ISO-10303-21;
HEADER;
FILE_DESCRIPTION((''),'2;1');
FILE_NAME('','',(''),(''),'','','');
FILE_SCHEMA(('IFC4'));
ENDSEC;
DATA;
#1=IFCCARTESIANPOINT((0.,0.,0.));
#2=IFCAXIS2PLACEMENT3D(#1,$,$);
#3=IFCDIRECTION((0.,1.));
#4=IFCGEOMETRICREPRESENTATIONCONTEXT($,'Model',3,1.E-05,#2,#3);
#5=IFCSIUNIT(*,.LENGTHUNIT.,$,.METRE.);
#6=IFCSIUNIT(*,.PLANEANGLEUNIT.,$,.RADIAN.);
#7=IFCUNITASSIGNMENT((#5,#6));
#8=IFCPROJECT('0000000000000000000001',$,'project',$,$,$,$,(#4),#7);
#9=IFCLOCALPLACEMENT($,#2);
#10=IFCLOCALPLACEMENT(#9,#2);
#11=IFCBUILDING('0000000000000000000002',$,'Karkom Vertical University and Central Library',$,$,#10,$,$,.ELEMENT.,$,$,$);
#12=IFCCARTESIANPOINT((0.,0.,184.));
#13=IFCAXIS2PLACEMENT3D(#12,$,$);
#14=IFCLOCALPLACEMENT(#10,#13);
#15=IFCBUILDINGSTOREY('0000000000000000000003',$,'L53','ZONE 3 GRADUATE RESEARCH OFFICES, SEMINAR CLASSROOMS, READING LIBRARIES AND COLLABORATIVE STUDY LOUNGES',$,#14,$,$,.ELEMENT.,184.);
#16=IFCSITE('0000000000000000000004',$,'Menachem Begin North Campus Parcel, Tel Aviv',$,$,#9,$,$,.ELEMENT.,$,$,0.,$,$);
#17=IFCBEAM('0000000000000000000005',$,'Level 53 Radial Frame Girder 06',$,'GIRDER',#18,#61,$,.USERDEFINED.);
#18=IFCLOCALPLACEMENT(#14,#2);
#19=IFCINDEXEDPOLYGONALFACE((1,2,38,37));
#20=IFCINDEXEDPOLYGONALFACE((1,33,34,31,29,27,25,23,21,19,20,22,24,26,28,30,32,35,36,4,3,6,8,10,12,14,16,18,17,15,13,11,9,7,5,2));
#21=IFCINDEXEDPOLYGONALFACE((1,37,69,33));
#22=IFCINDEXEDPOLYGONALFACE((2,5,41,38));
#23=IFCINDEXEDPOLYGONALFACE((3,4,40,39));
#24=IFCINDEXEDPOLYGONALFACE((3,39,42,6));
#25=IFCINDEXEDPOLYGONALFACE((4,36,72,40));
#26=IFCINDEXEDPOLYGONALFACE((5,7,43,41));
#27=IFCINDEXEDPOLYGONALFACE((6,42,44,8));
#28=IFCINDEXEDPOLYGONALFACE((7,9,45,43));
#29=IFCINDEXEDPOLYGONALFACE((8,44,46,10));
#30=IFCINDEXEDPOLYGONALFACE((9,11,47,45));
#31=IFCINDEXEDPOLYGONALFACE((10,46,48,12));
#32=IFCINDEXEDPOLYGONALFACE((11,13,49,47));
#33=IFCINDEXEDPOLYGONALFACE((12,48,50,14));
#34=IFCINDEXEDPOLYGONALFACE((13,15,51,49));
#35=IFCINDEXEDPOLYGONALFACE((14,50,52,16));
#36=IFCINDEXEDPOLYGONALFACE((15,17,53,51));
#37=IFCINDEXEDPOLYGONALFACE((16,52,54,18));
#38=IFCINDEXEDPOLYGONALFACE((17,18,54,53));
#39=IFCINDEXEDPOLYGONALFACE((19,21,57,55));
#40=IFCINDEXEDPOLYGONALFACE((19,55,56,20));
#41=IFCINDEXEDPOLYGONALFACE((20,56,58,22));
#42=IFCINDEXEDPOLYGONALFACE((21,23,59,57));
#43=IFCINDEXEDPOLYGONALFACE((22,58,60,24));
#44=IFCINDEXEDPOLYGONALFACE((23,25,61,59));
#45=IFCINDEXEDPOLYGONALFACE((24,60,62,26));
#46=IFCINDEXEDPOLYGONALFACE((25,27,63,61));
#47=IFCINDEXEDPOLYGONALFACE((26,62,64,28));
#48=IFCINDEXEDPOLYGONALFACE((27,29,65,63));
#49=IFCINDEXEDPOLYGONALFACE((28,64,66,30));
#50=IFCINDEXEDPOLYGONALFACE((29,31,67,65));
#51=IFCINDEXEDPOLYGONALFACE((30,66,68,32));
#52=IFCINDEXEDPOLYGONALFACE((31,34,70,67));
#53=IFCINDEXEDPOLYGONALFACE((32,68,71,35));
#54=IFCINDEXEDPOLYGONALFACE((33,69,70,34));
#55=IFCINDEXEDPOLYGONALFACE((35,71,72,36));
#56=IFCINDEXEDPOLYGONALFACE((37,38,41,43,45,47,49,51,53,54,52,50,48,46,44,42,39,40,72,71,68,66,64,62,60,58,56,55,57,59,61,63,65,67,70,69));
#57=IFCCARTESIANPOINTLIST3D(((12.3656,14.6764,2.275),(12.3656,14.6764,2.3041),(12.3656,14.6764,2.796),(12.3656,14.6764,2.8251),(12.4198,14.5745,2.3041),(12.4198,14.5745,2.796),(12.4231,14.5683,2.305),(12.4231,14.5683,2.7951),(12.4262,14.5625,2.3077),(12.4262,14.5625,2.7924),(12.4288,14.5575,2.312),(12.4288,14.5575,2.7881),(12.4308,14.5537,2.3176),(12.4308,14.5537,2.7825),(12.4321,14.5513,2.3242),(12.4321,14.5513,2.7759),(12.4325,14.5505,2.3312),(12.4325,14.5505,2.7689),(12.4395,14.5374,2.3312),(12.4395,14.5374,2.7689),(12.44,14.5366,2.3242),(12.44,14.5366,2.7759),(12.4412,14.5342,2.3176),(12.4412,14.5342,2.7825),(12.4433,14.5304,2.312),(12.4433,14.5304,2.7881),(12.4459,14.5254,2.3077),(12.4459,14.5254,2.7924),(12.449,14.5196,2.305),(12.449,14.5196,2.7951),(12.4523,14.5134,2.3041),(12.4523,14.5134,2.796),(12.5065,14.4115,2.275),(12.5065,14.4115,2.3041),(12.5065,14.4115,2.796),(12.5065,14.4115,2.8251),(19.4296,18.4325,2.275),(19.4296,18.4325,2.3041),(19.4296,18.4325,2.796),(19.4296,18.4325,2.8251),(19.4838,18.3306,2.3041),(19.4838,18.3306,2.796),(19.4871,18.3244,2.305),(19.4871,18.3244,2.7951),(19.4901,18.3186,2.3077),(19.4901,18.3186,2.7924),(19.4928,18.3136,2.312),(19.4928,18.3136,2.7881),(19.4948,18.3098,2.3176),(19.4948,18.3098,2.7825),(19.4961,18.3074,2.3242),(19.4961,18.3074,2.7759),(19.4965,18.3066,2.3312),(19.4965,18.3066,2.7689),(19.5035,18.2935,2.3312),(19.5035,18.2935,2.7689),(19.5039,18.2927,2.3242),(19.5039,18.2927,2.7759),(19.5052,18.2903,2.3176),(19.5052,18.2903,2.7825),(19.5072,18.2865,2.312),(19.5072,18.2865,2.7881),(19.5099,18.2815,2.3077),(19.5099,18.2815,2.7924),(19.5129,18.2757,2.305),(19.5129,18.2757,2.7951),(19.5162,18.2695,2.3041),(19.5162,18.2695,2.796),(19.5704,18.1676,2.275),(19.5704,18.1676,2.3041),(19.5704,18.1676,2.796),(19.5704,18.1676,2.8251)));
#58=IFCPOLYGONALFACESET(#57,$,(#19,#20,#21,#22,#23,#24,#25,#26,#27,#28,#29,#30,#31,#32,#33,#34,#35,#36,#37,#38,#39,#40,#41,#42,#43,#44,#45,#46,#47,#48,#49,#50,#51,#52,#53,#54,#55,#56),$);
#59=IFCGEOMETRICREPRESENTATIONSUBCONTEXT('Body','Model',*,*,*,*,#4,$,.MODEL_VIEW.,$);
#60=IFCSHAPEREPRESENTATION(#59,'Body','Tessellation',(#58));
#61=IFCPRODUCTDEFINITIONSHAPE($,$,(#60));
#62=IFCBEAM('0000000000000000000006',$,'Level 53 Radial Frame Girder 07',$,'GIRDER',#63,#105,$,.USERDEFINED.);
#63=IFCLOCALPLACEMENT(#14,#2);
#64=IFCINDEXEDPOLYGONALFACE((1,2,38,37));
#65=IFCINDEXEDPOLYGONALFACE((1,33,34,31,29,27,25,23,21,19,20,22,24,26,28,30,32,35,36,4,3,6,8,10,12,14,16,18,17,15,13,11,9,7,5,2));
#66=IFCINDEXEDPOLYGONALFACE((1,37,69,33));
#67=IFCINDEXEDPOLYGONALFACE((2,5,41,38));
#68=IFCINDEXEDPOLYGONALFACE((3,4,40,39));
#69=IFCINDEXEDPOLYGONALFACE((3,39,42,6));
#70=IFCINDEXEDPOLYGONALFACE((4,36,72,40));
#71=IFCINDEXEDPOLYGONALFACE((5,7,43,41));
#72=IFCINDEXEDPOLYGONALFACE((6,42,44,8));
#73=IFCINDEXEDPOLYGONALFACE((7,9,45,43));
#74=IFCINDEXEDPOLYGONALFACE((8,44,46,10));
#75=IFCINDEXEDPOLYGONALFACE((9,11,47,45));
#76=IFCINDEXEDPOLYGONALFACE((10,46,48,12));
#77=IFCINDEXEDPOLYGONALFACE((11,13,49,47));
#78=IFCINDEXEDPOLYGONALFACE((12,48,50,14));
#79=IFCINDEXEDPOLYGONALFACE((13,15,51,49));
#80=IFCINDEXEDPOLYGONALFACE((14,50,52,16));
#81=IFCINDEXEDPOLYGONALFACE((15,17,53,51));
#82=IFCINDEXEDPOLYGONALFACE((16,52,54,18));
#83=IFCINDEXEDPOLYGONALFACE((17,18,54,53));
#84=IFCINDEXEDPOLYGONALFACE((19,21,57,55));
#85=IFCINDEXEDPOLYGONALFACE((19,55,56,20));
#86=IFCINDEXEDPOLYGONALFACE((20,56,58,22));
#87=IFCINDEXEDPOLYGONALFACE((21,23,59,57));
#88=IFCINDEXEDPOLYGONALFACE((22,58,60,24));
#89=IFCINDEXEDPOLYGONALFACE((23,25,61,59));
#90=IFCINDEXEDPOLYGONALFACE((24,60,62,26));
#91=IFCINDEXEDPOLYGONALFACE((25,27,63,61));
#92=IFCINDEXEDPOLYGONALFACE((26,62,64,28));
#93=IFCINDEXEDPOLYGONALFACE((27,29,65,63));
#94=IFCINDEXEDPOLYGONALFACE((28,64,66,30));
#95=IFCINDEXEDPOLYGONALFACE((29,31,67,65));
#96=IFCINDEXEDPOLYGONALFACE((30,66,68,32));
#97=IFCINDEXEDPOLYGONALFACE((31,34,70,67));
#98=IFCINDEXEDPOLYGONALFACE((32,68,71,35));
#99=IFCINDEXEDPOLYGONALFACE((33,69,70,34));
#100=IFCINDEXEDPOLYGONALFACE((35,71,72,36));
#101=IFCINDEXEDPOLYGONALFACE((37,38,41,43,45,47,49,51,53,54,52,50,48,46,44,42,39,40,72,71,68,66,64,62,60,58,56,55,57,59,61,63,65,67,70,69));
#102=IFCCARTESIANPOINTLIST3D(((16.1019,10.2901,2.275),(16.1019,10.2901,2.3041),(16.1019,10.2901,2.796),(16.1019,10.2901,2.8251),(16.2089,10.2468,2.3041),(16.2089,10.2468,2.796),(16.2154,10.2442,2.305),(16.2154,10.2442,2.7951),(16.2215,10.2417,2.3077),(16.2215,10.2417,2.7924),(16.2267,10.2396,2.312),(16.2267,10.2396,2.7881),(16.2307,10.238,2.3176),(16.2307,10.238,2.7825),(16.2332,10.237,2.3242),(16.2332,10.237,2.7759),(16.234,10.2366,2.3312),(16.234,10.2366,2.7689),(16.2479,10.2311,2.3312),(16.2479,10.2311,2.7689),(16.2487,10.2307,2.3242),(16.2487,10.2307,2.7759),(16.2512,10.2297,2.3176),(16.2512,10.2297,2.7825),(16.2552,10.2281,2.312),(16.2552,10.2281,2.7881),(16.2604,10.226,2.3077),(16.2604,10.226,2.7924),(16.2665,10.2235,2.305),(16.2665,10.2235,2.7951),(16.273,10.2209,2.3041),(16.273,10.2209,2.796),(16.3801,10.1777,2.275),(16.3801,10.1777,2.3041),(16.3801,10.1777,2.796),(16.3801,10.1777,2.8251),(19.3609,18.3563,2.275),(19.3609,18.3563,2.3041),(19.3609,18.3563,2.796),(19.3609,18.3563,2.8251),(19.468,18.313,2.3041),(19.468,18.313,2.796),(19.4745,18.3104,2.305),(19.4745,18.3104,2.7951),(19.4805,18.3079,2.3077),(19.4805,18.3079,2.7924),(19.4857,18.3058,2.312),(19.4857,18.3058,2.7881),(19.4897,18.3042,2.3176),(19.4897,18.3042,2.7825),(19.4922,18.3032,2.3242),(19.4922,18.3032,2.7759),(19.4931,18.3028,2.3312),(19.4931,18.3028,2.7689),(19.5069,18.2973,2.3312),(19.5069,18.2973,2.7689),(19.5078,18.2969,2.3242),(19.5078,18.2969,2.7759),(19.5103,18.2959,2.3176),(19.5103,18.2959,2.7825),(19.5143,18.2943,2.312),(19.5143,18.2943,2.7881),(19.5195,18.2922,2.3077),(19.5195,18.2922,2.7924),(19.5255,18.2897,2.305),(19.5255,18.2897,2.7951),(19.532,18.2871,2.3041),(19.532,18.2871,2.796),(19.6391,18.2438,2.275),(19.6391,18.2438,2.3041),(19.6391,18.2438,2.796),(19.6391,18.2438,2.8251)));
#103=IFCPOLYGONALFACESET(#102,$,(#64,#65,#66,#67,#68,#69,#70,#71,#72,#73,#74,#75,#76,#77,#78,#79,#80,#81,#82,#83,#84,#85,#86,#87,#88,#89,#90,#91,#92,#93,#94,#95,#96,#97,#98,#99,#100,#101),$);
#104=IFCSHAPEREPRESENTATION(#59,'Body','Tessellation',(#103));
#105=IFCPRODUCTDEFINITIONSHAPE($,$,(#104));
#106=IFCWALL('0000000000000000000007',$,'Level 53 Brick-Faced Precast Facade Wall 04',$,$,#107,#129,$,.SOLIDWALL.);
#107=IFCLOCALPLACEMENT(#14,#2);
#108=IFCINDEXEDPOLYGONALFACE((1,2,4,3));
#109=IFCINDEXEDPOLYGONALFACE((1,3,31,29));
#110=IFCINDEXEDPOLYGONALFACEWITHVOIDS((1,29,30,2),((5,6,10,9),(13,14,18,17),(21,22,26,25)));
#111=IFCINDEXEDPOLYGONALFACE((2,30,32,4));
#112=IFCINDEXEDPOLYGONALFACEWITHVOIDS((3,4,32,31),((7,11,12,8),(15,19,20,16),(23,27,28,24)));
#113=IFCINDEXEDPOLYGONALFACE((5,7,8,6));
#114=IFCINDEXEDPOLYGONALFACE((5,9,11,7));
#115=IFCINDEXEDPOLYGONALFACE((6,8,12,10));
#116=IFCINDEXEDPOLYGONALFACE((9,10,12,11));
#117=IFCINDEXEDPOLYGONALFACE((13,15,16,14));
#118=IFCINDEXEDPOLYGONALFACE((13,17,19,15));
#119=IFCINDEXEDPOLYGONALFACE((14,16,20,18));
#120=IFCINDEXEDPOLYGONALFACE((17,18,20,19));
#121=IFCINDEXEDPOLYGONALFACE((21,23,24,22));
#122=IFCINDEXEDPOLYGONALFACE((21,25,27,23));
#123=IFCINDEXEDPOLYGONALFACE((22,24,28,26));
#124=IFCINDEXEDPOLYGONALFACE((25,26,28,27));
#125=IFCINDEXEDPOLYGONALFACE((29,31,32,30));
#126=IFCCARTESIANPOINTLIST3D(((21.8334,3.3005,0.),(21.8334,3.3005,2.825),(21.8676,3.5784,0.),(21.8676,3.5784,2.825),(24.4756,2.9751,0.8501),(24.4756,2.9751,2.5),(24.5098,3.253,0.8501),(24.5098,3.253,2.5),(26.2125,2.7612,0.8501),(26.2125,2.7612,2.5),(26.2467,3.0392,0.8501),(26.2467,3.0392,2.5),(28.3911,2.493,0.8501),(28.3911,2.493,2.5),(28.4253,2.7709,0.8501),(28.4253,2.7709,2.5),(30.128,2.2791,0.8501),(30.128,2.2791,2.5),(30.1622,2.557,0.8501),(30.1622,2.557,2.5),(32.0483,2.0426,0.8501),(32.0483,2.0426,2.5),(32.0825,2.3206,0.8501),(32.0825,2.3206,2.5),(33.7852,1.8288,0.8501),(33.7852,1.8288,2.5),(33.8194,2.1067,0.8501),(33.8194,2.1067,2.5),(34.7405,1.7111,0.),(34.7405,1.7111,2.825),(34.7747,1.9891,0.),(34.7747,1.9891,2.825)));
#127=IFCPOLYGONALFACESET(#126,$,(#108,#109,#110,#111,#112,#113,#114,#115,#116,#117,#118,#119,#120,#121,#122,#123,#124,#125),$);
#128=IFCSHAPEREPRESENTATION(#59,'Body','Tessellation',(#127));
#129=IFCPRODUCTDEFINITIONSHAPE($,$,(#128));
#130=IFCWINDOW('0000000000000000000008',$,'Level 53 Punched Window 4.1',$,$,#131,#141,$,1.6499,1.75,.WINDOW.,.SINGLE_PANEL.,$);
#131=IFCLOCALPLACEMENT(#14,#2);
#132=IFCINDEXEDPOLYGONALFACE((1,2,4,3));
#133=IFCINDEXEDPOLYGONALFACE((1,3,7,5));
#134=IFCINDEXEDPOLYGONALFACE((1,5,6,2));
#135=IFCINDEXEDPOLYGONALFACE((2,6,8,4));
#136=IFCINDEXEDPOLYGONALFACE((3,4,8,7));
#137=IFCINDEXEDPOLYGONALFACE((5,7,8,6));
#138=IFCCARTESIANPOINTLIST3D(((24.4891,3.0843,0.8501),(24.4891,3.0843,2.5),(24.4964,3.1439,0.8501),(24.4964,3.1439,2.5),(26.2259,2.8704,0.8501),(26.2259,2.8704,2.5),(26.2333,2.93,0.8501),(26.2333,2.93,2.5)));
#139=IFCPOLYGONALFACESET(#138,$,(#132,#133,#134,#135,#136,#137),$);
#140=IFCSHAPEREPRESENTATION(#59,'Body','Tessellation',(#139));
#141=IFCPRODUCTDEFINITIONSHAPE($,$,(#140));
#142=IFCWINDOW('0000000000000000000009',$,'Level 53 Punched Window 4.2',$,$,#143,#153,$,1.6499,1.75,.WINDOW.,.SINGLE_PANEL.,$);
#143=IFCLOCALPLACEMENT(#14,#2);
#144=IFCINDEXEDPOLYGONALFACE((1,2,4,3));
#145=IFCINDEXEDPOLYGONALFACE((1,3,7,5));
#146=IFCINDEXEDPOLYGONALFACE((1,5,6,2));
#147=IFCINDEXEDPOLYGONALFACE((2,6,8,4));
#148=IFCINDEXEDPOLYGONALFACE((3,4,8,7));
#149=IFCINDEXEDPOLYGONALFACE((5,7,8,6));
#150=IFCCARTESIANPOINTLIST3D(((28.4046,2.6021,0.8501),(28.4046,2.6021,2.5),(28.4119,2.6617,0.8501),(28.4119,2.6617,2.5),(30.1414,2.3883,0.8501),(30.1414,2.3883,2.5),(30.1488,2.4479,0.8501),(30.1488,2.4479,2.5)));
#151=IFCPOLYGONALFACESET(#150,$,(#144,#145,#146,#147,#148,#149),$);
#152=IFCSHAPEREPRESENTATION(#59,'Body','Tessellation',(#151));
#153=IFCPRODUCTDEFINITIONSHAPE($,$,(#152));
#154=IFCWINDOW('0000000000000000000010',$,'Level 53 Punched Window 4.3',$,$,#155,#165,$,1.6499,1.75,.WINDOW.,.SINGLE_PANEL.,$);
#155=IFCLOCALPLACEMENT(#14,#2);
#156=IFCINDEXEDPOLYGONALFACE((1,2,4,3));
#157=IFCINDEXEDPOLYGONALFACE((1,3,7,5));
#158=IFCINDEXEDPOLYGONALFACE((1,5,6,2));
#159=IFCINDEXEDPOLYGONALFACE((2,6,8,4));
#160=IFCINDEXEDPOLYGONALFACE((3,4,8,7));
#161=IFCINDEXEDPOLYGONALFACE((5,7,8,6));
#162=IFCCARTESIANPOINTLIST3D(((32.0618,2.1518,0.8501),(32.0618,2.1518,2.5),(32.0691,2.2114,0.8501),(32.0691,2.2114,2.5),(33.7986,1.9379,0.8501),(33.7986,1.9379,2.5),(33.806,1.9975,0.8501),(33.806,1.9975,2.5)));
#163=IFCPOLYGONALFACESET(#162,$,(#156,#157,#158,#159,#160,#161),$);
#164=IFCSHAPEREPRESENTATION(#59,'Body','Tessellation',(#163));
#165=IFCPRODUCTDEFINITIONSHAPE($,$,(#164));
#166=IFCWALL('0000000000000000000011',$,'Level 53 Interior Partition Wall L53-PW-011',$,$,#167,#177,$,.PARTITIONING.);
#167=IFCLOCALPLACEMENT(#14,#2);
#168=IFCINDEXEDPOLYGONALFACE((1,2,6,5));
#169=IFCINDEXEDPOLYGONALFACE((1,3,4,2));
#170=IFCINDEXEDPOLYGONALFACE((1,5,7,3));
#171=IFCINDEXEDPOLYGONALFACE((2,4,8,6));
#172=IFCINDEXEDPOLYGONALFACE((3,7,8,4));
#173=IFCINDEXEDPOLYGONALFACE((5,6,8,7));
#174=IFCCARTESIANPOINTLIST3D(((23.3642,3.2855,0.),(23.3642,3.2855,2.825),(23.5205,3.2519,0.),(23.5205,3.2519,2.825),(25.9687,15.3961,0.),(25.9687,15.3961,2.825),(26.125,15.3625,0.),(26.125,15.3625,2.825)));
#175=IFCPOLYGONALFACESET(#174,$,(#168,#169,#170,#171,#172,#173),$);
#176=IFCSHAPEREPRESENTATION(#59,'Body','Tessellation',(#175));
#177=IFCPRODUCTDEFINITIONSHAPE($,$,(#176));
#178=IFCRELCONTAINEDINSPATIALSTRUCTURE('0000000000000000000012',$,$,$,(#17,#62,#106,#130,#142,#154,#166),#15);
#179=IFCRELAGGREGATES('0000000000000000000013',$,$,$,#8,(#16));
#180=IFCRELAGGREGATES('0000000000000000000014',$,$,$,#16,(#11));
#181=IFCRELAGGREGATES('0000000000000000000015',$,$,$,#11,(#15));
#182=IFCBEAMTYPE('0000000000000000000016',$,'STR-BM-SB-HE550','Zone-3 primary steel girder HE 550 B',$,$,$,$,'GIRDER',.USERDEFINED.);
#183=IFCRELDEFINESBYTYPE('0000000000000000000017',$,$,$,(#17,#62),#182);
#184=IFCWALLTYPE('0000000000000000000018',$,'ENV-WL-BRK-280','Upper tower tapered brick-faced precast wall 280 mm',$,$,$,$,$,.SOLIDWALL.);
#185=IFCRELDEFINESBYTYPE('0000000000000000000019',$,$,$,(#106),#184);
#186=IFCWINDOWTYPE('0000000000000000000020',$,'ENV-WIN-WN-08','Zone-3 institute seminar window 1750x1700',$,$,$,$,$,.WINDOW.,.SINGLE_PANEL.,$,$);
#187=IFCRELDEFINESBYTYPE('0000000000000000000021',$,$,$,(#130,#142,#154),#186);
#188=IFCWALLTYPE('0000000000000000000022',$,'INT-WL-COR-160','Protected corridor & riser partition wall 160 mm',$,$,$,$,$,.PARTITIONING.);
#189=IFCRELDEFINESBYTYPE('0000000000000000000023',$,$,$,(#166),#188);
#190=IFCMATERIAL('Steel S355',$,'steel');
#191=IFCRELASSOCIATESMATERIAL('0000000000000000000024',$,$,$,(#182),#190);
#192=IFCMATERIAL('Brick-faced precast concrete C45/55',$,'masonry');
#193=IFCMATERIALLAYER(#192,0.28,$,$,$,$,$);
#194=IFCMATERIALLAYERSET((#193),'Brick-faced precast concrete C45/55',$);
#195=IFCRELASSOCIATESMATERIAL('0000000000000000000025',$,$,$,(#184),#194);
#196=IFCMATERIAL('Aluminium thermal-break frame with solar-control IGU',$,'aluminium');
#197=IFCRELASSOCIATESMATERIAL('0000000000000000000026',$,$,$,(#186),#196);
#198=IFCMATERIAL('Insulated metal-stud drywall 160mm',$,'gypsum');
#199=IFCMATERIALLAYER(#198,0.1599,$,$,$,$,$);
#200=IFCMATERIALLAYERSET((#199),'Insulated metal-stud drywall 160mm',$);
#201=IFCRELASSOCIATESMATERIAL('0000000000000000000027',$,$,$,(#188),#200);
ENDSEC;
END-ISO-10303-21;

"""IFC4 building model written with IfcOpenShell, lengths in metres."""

from ifc_helpers import new_model, si_unit, direction, frame, frame_2d, origin, origin_with_axes, origin_2d, place, context, subcontext, project, spatial, rectangle, i_section, extrude, source, transform, mapped, material, layer, layer_set, material_profile, profile_set, type_object, element, fill, save


model = new_model("IFC4")

# Units and contexts
model_context = context("Model", 3, precision=1e-05, world=origin(), true_north=direction((0.0, 1.0)))
body_context = subcontext(model_context, "Body", "Model", "MODEL_VIEW")
ifc_project = project(units=[si_unit("LENGTHUNIT", "METRE"), si_unit("PLANEANGLEUNIT", "RADIAN")], contexts=[model_context])

# Site, building, storey
site_placement = place(None, origin())
site = spatial("IfcSite", under=ifc_project, at=site_placement, Name="Menachem Begin North Campus Parcel, Tel Aviv", CompositionType="ELEMENT", RefElevation=0.0)
building_placement = place(site_placement, origin())
building = spatial("IfcBuilding", under=site, at=building_placement, Name="Karkom Vertical University and Central Library", CompositionType="ELEMENT")
storey_placement = place(building_placement, frame((0.0, 0.0, 184.0)))
storey = spatial("IfcBuildingStorey", under=building, at=storey_placement, Name="L53", Description="ZONE 3 GRADUATE RESEARCH OFFICES, SEMINAR CLASSROOMS, READING LIBRARIES AND COLLABORATIVE STUDY LOUNGES", CompositionType="ELEMENT", Elevation=184.0)

# Beams
ifc_material_1 = material(Name="Steel S355", Category="steel")
ifc_material_profile_1 = material_profile(ifc_material_1, i_section(OverallWidth=0.3, OverallDepth=0.55, WebThickness=0.0149, FlangeThickness=0.0291, FilletRadius=0.0271, at=origin_2d()), Name="HE 550 B")
ifc_profile_set_1 = profile_set([ifc_material_profile_1], Name="Steel S355")
beam_type_1 = type_object("IfcBeamType", Name="STR-BM-SB-HE550", Description="Zone-3 primary steel girder HE 550 B", ElementType="GIRDER", PredefinedType="USERDEFINED", material=ifc_profile_set_1)
shared_shape_1 = source(origin_with_axes(), body_context, "Body", "SweptSolid", [
    extrude(i_section(OverallWidth=0.3, OverallDepth=0.55, WebThickness=0.0149, FlangeThickness=0.0291, FilletRadius=0.0271, at=origin_2d()), origin(), (0.0, 0.0, 1.0), 8.0005),
])
beam_1_placement = place(storey_placement, frame((19.5, 18.3, 2.55), z_axis=(-0.882941, -0.469484, 0.0), x_axis=(0.469484, -0.882941, 0.0)))
element("IfcBeam", 1, at=beam_1_placement, inside=storey, type_object=beam_type_1, Name="Level 53 Radial Frame Girder 06", ObjectType="GIRDER", PredefinedType="USERDEFINED", context=body_context, shape_type="MappedRepresentation", body=[
    mapped(shared_shape_1, transform((0.0, 0.0, 0.0), scale=1.0)),
])
shared_shape_2 = source(origin_with_axes(), body_context, "Body", "SweptSolid", [
    extrude(i_section(OverallWidth=0.3, OverallDepth=0.55, WebThickness=0.0149, FlangeThickness=0.0291, FilletRadius=0.0271, at=origin_2d()), origin(), (0.0, 0.0, 1.0), 8.6997),
])
beam_2_placement = place(storey_placement, frame((19.5, 18.3, 2.55), z_axis=(-0.374616, -0.92718, 0.0), x_axis=(0.92718, -0.374616, 0.0)))
element("IfcBeam", 2, at=beam_2_placement, inside=storey, type_object=beam_type_1, Name="Level 53 Radial Frame Girder 07", ObjectType="GIRDER", PredefinedType="USERDEFINED", context=body_context, shape_type="MappedRepresentation", body=[
    mapped(shared_shape_2, transform((0.0, 0.0, 0.0), scale=1.0)),
])

# Wall, openings, windows
ifc_material_2 = material(Name="Brick-faced precast concrete C45/55", Category="masonry")
ifc_layer_1 = layer(ifc_material_2, 0.28)
ifc_layer_set_1 = layer_set([ifc_layer_1], Name="Brick-faced precast concrete C45/55")
wall_type_1 = type_object("IfcWallType", Name="ENV-WL-BRK-280", Description="Upper tower tapered brick-faced precast wall 280 mm", PredefinedType="SOLIDWALL", material=ifc_layer_set_1)
wall_1_placement = place(storey_placement, frame((21.8503, 3.4395, 0.0), z_axis=(0.0, 0.0, 1.0), x_axis=(0.992504, -0.122214, 0.0)))
wall_1 = element("IfcWall", 3, at=wall_1_placement, inside=storey, type_object=wall_type_1, Name="Level 53 Brick-Faced Precast Facade Wall 04", PredefinedType="SOLIDWALL", context=body_context, shape_type="SweptSolid", body=[
    extrude(rectangle(XDim=13.0046, YDim=0.28, at=frame_2d((6.5024, 0.0))), origin(), (0.0, 0.0, 1.0), 2.825),
])
opening_1_placement = place(wall_1_placement, frame((2.6624, 0.0, 0.8501)))
opening_1 = element("IfcOpeningElement", 4, at=opening_1_placement, cuts=wall_1, PredefinedType="OPENING", context=body_context, shape_type="SweptSolid", body=[
    extrude(rectangle(XDim=1.75, YDim=1.6499, at=frame_2d((0.875, 0.825))), frame((0.0, 0.1499, 0.0), z_axis=(0.0, -1.0, 0.0), x_axis=(1.0, 0.0, 0.0)), (0.0, 0.0, 1.0), 0.3),
])
opening_2_placement = place(wall_1_placement, frame((6.6074, 0.0, 0.8501)))
opening_2 = element("IfcOpeningElement", 5, at=opening_2_placement, cuts=wall_1, PredefinedType="OPENING", context=body_context, shape_type="SweptSolid", body=[
    extrude(rectangle(XDim=1.75, YDim=1.6499, at=frame_2d((0.875, 0.825))), frame((0.0, 0.1499, 0.0), z_axis=(0.0, -1.0, 0.0), x_axis=(1.0, 0.0, 0.0)), (0.0, 0.0, 1.0), 0.3),
])
opening_3_placement = place(wall_1_placement, frame((10.2922, 0.0, 0.8501)))
opening_3 = element("IfcOpeningElement", 6, at=opening_3_placement, cuts=wall_1, PredefinedType="OPENING", context=body_context, shape_type="SweptSolid", body=[
    extrude(rectangle(XDim=1.75, YDim=1.6499, at=frame_2d((0.875, 0.825))), frame((0.0, 0.1499, 0.0), z_axis=(0.0, -1.0, 0.0), x_axis=(1.0, 0.0, 0.0)), (0.0, 0.0, 1.0), 0.3),
])
ifc_material_3 = material(Name="Aluminium thermal-break frame with solar-control IGU", Category="aluminium")
window_type = type_object("IfcWindowType", Name="ENV-WIN-WN-08", Description="Zone-3 institute seminar window 1750x1700", PartitioningType="SINGLE_PANEL", PredefinedType="WINDOW", material=ifc_material_3)
shared_shape_3 = source(origin_with_axes(), body_context, "Body", "SweptSolid", [
    extrude(rectangle(XDim=1.75, YDim=1.6499, at=frame_2d((0.875, 0.825))), frame((0.0, 0.03, 0.0), z_axis=(0.0, -1.0, 0.0), x_axis=(1.0, 0.0, 0.0)), (0.0, 0.0, 1.0), 0.0601),
])
window_1_placement = place(opening_1_placement, origin())
window_1 = element("IfcWindow", 7, at=window_1_placement, inside=storey, type_object=window_type, Name="Level 53 Punched Window 4.1", OverallHeight=1.6499, OverallWidth=1.75, PartitioningType="SINGLE_PANEL", PredefinedType="WINDOW", context=body_context, shape_type="MappedRepresentation", body=[
    mapped(shared_shape_3, transform((0.0, 0.0, 0.0), scale=1.0)),
])
fill(opening_1, window_1)
window_2_placement = place(opening_2_placement, origin())
window_2 = element("IfcWindow", 8, at=window_2_placement, inside=storey, type_object=window_type, Name="Level 53 Punched Window 4.2", OverallHeight=1.6499, OverallWidth=1.75, PartitioningType="SINGLE_PANEL", PredefinedType="WINDOW", context=body_context, shape_type="MappedRepresentation", body=[
    mapped(shared_shape_3, transform((0.0, 0.0, 0.0), scale=1.0)),
])
fill(opening_2, window_2)
window_3_placement = place(opening_3_placement, origin())
window_3 = element("IfcWindow", 9, at=window_3_placement, inside=storey, type_object=window_type, Name="Level 53 Punched Window 4.3", OverallHeight=1.6499, OverallWidth=1.75, PartitioningType="SINGLE_PANEL", PredefinedType="WINDOW", context=body_context, shape_type="MappedRepresentation", body=[
    mapped(shared_shape_3, transform((0.0, 0.0, 0.0), scale=1.0)),
])
fill(opening_3, window_3)

# Wall
ifc_material_4 = material(Name="Insulated metal-stud drywall 160mm", Category="gypsum")
ifc_layer_2 = layer(ifc_material_4, 0.1599)
ifc_layer_set_2 = layer_set([ifc_layer_2], Name="Insulated metal-stud drywall 160mm")
wall_type_2 = type_object("IfcWallType", Name="INT-WL-COR-160", Description="Protected corridor & riser partition wall 160 mm", PredefinedType="PARTITIONING", material=ifc_layer_set_2)
wall_2_placement = place(storey_placement, frame((26.0469, 15.3794, 0.0), z_axis=(0.0, 0.0, 1.0), x_axis=(-0.210252, -0.977647, 0.0)))
element("IfcWall", 10, at=wall_2_placement, inside=storey, type_object=wall_type_2, Name="Level 53 Interior Partition Wall L53-PW-011", PredefinedType="PARTITIONING", context=body_context, shape_type="SweptSolid", body=[
    extrude(rectangle(XDim=12.3875, YDim=0.1599, at=frame_2d((6.1938, 0.0))), origin(), (0.0, 0.0, 1.0), 2.825),
])

save(model, "model.ifc")
